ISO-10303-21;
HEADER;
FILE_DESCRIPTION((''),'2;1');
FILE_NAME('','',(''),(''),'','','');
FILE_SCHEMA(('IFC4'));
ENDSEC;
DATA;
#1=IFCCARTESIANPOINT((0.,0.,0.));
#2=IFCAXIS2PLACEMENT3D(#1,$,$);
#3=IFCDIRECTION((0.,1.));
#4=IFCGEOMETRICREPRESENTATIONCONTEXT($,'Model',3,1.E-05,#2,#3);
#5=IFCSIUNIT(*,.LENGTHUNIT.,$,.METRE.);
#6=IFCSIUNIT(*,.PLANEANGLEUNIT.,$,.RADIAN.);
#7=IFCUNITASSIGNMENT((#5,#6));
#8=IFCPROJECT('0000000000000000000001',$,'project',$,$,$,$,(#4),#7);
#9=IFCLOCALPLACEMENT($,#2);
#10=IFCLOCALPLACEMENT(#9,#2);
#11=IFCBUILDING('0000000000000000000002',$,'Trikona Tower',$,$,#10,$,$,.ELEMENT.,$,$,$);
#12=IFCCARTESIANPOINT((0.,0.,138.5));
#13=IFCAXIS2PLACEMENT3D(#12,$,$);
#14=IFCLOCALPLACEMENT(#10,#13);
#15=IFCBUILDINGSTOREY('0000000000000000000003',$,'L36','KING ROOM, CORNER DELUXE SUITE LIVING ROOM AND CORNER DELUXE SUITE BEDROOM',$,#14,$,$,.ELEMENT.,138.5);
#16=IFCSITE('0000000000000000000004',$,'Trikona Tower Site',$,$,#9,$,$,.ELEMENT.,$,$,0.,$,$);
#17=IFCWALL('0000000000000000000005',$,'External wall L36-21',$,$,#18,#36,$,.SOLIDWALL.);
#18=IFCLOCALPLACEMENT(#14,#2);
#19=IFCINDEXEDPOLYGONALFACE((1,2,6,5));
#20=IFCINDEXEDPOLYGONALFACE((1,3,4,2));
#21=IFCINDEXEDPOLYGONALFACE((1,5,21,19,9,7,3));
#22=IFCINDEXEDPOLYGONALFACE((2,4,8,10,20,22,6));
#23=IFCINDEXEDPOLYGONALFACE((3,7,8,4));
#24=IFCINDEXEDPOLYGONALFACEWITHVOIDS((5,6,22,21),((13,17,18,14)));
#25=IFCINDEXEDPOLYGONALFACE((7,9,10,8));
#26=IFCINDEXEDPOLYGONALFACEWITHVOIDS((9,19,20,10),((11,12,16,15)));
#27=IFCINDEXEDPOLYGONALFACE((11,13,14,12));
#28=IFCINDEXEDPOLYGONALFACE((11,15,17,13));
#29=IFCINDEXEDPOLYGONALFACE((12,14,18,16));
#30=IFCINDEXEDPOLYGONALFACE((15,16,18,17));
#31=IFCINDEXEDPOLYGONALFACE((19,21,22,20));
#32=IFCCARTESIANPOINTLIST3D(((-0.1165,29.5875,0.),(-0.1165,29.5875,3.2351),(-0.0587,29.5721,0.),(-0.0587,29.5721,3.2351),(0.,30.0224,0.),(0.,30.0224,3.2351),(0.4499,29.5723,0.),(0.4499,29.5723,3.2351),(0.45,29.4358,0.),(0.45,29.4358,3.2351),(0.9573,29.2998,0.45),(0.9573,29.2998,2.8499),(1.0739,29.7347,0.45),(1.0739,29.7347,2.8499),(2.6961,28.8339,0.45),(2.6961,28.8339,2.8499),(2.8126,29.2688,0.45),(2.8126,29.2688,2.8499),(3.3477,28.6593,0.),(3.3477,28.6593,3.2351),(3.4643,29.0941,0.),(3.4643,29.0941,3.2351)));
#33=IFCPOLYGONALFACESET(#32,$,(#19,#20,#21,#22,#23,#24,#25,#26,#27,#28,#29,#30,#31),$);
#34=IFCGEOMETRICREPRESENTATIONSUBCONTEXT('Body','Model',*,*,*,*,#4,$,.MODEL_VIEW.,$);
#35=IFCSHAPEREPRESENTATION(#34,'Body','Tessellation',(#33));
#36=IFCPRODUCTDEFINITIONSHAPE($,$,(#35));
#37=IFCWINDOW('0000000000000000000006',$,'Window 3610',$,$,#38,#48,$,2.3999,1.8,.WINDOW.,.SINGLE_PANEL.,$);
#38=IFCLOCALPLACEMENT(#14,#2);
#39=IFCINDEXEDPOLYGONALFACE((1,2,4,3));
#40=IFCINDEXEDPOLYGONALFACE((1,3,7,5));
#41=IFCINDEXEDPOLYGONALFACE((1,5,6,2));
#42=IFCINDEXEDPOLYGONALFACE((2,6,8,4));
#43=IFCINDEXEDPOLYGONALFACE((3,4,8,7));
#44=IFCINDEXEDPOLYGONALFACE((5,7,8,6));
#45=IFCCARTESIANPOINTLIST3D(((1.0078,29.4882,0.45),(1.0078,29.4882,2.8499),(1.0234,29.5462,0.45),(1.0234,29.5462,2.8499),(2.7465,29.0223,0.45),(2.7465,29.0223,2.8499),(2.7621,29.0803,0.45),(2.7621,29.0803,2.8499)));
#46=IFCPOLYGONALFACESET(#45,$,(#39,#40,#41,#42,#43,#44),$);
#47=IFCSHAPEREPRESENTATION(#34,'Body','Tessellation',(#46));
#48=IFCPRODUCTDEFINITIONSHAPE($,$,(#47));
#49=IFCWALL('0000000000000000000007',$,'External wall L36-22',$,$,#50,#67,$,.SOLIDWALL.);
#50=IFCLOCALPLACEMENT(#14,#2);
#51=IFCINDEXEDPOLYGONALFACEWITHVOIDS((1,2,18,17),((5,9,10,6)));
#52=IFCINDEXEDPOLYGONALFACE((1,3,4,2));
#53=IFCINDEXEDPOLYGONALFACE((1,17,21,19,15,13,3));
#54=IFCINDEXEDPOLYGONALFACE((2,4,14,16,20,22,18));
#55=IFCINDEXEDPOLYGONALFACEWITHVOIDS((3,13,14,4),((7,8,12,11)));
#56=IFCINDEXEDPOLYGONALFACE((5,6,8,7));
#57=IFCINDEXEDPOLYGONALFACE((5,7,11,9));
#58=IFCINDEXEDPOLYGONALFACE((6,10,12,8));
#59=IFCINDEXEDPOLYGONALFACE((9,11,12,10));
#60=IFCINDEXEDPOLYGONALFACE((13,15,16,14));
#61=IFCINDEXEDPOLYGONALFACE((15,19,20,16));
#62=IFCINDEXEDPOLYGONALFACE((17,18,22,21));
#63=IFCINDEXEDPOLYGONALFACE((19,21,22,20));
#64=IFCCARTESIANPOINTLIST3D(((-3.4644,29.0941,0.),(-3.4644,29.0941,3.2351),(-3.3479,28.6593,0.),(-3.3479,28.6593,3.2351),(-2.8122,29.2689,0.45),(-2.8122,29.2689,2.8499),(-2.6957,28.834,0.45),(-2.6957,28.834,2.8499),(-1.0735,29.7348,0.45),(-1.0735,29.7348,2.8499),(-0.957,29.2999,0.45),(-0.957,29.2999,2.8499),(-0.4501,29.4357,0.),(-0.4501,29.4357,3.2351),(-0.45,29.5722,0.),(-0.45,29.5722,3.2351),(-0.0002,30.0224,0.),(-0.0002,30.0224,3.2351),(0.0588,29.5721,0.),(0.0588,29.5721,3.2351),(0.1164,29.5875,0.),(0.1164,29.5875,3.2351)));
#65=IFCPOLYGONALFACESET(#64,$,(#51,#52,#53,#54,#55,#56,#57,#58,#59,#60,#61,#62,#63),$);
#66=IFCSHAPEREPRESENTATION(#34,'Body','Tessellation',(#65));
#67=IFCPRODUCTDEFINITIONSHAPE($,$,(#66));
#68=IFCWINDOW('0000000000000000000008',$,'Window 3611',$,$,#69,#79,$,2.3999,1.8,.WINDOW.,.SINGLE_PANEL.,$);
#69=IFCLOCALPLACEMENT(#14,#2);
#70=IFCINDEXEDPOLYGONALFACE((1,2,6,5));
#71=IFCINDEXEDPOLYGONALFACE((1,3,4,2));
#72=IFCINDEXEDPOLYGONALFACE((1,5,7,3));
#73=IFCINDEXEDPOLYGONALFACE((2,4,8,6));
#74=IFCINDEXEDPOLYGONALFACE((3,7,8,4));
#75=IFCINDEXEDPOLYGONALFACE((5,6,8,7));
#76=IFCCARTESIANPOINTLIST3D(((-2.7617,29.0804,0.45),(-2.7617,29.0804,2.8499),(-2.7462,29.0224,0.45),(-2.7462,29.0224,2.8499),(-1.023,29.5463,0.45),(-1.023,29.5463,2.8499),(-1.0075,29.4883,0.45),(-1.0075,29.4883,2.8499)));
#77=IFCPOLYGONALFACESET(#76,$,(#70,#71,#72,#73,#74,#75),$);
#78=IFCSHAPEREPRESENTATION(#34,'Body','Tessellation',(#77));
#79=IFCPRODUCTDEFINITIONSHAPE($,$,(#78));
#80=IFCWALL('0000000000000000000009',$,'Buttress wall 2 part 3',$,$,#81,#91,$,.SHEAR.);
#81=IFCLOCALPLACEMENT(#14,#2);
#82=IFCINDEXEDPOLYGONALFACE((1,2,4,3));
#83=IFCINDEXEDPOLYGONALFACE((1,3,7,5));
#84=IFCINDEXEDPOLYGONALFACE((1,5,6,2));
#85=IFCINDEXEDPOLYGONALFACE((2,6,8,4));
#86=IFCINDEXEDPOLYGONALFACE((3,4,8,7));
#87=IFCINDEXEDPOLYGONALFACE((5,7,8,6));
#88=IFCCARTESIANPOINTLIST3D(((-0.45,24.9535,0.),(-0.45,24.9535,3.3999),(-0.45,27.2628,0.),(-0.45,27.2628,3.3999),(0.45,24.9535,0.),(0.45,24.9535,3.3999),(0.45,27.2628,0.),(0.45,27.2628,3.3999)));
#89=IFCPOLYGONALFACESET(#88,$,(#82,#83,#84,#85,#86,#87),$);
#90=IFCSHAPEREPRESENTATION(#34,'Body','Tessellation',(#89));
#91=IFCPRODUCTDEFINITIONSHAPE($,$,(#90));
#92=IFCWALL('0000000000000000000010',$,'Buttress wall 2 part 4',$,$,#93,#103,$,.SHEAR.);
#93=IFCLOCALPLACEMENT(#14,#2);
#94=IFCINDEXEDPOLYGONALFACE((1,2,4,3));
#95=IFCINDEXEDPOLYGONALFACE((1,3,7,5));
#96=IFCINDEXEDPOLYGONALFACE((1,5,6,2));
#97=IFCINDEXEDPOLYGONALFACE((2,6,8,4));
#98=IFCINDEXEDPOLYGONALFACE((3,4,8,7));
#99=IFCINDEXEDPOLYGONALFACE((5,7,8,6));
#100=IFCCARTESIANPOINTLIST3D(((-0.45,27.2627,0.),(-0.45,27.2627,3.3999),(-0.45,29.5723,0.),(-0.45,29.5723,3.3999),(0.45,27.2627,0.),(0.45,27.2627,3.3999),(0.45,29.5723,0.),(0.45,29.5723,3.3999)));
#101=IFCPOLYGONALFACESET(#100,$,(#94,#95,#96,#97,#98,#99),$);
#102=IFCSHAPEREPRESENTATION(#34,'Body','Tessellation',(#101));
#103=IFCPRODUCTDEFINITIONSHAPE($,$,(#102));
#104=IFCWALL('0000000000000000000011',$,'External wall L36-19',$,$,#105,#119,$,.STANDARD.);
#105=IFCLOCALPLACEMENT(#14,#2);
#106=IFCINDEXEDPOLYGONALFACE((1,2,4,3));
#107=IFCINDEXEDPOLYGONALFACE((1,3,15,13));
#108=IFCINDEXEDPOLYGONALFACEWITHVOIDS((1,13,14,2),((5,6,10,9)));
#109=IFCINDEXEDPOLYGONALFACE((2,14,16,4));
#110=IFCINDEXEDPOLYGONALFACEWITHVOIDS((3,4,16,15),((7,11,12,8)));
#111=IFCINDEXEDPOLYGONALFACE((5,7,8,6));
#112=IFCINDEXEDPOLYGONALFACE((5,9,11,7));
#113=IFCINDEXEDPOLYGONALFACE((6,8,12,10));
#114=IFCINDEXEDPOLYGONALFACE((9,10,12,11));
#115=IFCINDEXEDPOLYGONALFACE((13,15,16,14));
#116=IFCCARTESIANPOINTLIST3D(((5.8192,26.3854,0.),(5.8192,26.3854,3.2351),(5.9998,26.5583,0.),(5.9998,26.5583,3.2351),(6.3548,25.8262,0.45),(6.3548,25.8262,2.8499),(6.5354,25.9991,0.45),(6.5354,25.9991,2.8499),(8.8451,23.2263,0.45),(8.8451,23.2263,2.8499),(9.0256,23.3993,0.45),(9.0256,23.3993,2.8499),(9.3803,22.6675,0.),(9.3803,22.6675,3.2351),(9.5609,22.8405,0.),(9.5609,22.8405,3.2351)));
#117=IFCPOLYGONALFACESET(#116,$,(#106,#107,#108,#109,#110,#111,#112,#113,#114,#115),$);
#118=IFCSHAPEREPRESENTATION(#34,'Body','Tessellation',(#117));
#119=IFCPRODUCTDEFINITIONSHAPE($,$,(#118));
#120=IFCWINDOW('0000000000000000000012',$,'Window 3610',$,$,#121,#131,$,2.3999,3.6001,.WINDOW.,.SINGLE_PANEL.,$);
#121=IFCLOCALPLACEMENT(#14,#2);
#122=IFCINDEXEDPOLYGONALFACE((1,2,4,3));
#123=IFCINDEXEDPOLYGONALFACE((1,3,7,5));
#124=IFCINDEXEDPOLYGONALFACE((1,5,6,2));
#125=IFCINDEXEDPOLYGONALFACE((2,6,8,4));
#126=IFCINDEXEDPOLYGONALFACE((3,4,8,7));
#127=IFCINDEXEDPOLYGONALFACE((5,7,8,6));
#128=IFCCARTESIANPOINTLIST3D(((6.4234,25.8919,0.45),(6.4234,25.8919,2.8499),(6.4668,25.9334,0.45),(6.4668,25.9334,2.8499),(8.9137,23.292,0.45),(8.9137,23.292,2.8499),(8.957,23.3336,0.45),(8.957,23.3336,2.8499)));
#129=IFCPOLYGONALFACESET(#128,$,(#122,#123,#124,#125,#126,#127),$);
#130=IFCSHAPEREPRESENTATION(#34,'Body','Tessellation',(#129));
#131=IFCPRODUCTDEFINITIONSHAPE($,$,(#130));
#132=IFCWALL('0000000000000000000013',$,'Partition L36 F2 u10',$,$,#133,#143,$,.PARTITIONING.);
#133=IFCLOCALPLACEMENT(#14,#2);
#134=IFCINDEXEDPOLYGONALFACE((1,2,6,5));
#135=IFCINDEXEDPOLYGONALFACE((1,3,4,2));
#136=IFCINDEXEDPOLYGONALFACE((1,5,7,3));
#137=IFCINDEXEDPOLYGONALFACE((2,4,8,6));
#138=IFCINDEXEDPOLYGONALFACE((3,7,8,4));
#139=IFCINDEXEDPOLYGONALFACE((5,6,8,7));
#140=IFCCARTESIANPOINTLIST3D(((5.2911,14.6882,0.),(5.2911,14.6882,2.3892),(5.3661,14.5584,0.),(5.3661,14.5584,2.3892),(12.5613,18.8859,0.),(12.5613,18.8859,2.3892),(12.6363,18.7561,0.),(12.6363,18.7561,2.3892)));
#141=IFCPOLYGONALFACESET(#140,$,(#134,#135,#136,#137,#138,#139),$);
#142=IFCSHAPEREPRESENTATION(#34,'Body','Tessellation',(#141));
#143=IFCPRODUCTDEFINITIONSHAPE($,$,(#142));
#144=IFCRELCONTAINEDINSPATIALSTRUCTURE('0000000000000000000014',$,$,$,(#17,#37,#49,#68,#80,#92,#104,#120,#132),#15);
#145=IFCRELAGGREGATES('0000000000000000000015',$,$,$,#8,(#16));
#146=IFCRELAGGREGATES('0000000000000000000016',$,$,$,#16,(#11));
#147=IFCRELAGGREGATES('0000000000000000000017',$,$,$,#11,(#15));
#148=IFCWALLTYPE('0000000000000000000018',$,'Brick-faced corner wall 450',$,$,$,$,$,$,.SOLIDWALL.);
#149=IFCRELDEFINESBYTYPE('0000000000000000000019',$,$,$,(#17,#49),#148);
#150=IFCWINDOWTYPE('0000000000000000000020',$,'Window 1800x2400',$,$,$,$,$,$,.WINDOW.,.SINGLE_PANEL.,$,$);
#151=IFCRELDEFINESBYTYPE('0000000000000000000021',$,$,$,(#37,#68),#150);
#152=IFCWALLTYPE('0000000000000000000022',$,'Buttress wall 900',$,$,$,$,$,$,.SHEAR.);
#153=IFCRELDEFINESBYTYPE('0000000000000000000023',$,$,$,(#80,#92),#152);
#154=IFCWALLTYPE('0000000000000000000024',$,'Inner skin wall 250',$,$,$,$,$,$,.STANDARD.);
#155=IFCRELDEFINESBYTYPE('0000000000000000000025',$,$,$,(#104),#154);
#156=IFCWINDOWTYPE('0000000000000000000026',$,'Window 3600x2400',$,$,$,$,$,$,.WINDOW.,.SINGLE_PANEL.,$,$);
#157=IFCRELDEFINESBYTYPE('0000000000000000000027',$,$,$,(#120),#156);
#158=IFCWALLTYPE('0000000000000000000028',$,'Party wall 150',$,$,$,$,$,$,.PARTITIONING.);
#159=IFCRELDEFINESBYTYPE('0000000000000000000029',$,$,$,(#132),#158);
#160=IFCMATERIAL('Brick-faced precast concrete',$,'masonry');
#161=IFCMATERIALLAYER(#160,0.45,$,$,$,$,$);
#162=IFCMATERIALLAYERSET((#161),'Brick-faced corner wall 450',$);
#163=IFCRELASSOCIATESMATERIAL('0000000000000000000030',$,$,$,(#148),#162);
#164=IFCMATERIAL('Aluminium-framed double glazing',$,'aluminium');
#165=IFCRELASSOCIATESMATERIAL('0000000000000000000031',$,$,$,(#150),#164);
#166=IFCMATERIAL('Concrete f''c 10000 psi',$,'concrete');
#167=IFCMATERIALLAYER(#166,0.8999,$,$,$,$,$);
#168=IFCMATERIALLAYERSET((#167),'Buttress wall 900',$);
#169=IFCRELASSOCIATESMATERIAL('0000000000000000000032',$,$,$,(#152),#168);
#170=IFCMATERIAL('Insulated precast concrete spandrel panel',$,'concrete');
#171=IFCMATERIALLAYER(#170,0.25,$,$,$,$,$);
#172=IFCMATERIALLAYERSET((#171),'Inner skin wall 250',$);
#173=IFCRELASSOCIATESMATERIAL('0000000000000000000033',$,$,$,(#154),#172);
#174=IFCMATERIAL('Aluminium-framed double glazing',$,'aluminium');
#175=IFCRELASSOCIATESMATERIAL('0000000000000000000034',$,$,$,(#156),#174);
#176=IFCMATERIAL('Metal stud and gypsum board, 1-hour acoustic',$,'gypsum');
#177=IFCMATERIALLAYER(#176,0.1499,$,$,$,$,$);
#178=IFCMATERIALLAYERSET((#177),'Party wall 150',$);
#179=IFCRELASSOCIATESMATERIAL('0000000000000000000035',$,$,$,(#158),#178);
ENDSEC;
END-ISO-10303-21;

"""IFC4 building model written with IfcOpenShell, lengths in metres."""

from ifc_helpers import new_model, si_unit, direction, frame, frame_2d, origin, place, context, subcontext, project, spatial, polyline, rectangle, outline, extrude, material, layer, layer_set, type_object, element, fill, save


model = new_model("IFC4")

# Units and contexts
model_context = context("Model", 3, precision=1e-05, world=origin(), true_north=direction((0.0, 1.0)))
body_context = subcontext(model_context, "Body", "Model", "MODEL_VIEW")
ifc_project = project(units=[si_unit("LENGTHUNIT", "METRE"), si_unit("PLANEANGLEUNIT", "RADIAN")], contexts=[model_context])

# Site, building, storey
site_placement = place(None, origin())
site = spatial("IfcSite", under=ifc_project, at=site_placement, Name="Trikona Tower Site", CompositionType="ELEMENT", RefElevation=0.0)
building_placement = place(site_placement, origin())
building = spatial("IfcBuilding", under=site, at=building_placement, Name="Trikona Tower", CompositionType="ELEMENT")
storey_placement = place(building_placement, frame((0.0, 0.0, 138.5)))
storey = spatial("IfcBuildingStorey", under=building, at=storey_placement, Name="L36", Description="KING ROOM, CORNER DELUXE SUITE LIVING ROOM AND CORNER DELUXE SUITE BEDROOM", CompositionType="ELEMENT", Elevation=138.5)

# Walls, openings, windows
ifc_material_1 = material(Name="Brick-faced precast concrete", Category="masonry")
ifc_layer_1 = layer(ifc_material_1, 0.45)
ifc_layer_set_1 = layer_set([ifc_layer_1], Name="Brick-faced corner wall 450")
wall_type_1 = type_object("IfcWallType", Name="Brick-faced corner wall 450", PredefinedType="SOLIDWALL", material=ifc_layer_set_1)
wall_1_placement = place(storey_placement, frame((3.406, 28.8767, 0.0), z_axis=(0.0, 0.0, 1.0), x_axis=(-0.965925, 0.258823, 0.0)))
wall_1 = element("IfcWall", 1, at=wall_1_placement, inside=storey, type_object=wall_type_1, Name="External wall L36-21", PredefinedType="SOLIDWALL", context=body_context, shape_type="SweptSolid", body=[
    extrude(outline(polyline([(3.5864, 0.2251), (3.5266, 0.2251), (3.0354, 0.0933), (3.0, 0.2251), (0.0, 0.2251), (0.0, -0.2251), (3.5864, -0.2251), (3.5864, 0.2251)])), origin(), (0.0, 0.0, 1.0), 3.2351),
])
opening_1_placement = place(wall_1_placement, frame((0.6748, 0.0, 0.45)))
opening_1 = element("IfcOpeningElement", 2, at=opening_1_placement, cuts=wall_1, PredefinedType="OPENING", context=body_context, shape_type="SweptSolid", body=[
    extrude(rectangle(XDim=1.8, YDim=2.3999, at=frame_2d((0.8999, 1.2))), frame((0.0, 0.2349, 0.0), z_axis=(0.0, -1.0, 0.0), x_axis=(1.0, 0.0, 0.0)), (0.0, 0.0, 1.0), 0.47),
])
ifc_material_2 = material(Name="Aluminium-framed double glazing", Category="aluminium")
window_type_1 = type_object("IfcWindowType", Name="Window 1800x2400", PartitioningType="SINGLE_PANEL", PredefinedType="WINDOW", material=ifc_material_2)
window_1_placement = place(opening_1_placement, origin())
window_1 = element("IfcWindow", 3, at=window_1_placement, inside=storey, type_object=window_type_1, Name="Window 3610", OverallHeight=2.3999, OverallWidth=1.8, PartitioningType="SINGLE_PANEL", PredefinedType="WINDOW", context=body_context, shape_type="SweptSolid", body=[
    extrude(rectangle(XDim=1.8, YDim=2.3999, at=frame_2d((0.8999, 1.2))), frame((0.0, 0.03, 0.0), z_axis=(0.0, -1.0, 0.0), x_axis=(1.0, 0.0, 0.0)), (0.0, 0.0, 1.0), 0.0601),
])
fill(opening_1, window_1)
wall_2_placement = place(storey_placement, frame((0.0581, 29.8049, 0.0), z_axis=(0.0, 0.0, 1.0), x_axis=(-0.965925, -0.258823, 0.0)))
wall_2 = element("IfcWall", 4, at=wall_2_placement, inside=storey, type_object=wall_type_1, Name="External wall L36-22", PredefinedType="SOLIDWALL", context=body_context, shape_type="SweptSolid", body=[
    extrude(outline(polyline([(3.5864, 0.2251), (0.5864, 0.2251), (0.551, 0.0933), (0.0596, 0.2251), (0.0, 0.2251), (0.0, -0.2251), (3.5864, -0.2251), (3.5864, 0.2251)])), origin(), (0.0, 0.0, 1.0), 3.2351),
])
opening_2_placement = place(wall_2_placement, frame((1.1113, 0.0, 0.45)))
opening_2 = element("IfcOpeningElement", 5, at=opening_2_placement, cuts=wall_2, PredefinedType="OPENING", context=body_context, shape_type="SweptSolid", body=[
    extrude(rectangle(XDim=1.8, YDim=2.3999, at=frame_2d((0.8999, 1.2))), frame((0.0, 0.2349, 0.0), z_axis=(0.0, -1.0, 0.0), x_axis=(1.0, 0.0, 0.0)), (0.0, 0.0, 1.0), 0.47),
])
window_2_placement = place(opening_2_placement, origin())
window_2 = element("IfcWindow", 6, at=window_2_placement, inside=storey, type_object=window_type_1, Name="Window 3611", OverallHeight=2.3999, OverallWidth=1.8, PartitioningType="SINGLE_PANEL", PredefinedType="WINDOW", context=body_context, shape_type="SweptSolid", body=[
    extrude(rectangle(XDim=1.8, YDim=2.3999, at=frame_2d((0.8999, 1.2))), frame((0.0, 0.03, 0.0), z_axis=(0.0, -1.0, 0.0), x_axis=(1.0, 0.0, 0.0)), (0.0, 0.0, 1.0), 0.0601),
])
fill(opening_2, window_2)

# Walls
ifc_material_3 = material(Name="Concrete f'c 10000 psi", Category="concrete")
ifc_layer_2 = layer(ifc_material_3, 0.8999)
ifc_layer_set_2 = layer_set([ifc_layer_2], Name="Buttress wall 900")
wall_type_2 = type_object("IfcWallType", Name="Buttress wall 900", PredefinedType="SHEAR", material=ifc_layer_set_2)
wall_3_placement = place(storey_placement, frame((0.0, 24.9534, 0.0), z_axis=(0.0, 0.0, 1.0), x_axis=(0.0, 1.0, 0.0)))
element("IfcWall", 7, at=wall_3_placement, inside=storey, type_object=wall_type_2, Name="Buttress wall 2 part 3", PredefinedType="SHEAR", context=body_context, shape_type="SweptSolid", body=[
    extrude(rectangle(XDim=2.3093, YDim=0.8999, at=frame_2d((1.1548, 0.0))), origin(), (0.0, 0.0, 1.0), 3.3999),
])
wall_4_placement = place(storey_placement, frame((0.0, 27.2627, 0.0), z_axis=(0.0, 0.0, 1.0), x_axis=(0.0, 1.0, 0.0)))
element("IfcWall", 8, at=wall_4_placement, inside=storey, type_object=wall_type_2, Name="Buttress wall 2 part 4", PredefinedType="SHEAR", context=body_context, shape_type="SweptSolid", body=[
    extrude(rectangle(XDim=2.3096, YDim=0.8999, at=frame_2d((1.1548, 0.0))), origin(), (0.0, 0.0, 1.0), 3.3999),
])

# Wall, opening, window
ifc_material_4 = material(Name="Insulated precast concrete spandrel panel", Category="concrete")
ifc_layer_3 = layer(ifc_material_4, 0.25)
ifc_layer_set_3 = layer_set([ifc_layer_3], Name="Inner skin wall 250")
wall_type_3 = type_object("IfcWallType", Name="Inner skin wall 250", PredefinedType="STANDARD", material=ifc_layer_set_3)
wall_5_placement = place(storey_placement, frame((9.4707, 22.7539, 0.0), z_axis=(0.0, 0.0, 1.0), x_axis=(-0.69172, 0.722166, 0.0)))
wall_5 = element("IfcWall", 9, at=wall_5_placement, inside=storey, type_object=wall_type_3, Name="External wall L36-19", PredefinedType="STANDARD", context=body_context, shape_type="SweptSolid", body=[
    extrude(rectangle(XDim=5.1482, YDim=0.25, at=frame_2d((2.5742, 0.0))), origin(), (0.0, 0.0, 1.0), 3.2351),
])
opening_3_placement = place(wall_5_placement, frame((0.7739, 0.0, 0.45)))
opening_3 = element("IfcOpeningElement", 10, at=opening_3_placement, cuts=wall_5, PredefinedType="OPENING", context=body_context, shape_type="SweptSolid", body=[
    extrude(rectangle(XDim=3.6001, YDim=2.3999, at=frame_2d((1.8, 1.2))), frame((0.0, 0.135, 0.0), z_axis=(0.0, -1.0, 0.0), x_axis=(1.0, 0.0, 0.0)), (0.0, 0.0, 1.0), 0.27),
])
ifc_material_5 = material(Name="Aluminium-framed double glazing", Category="aluminium")
window_type_2 = type_object("IfcWindowType", Name="Window 3600x2400", PartitioningType="SINGLE_PANEL", PredefinedType="WINDOW", material=ifc_material_5)
window_3_placement = place(opening_3_placement, origin())
window_3 = element("IfcWindow", 11, at=window_3_placement, inside=storey, type_object=window_type_2, Name="Window 3610", OverallHeight=2.3999, OverallWidth=3.6001, PartitioningType="SINGLE_PANEL", PredefinedType="WINDOW", context=body_context, shape_type="SweptSolid", body=[
    extrude(rectangle(XDim=3.6001, YDim=2.3999, at=frame_2d((1.8, 1.2))), frame((0.0, 0.03, 0.0), z_axis=(0.0, -1.0, 0.0), x_axis=(1.0, 0.0, 0.0)), (0.0, 0.0, 1.0), 0.0601),
])
fill(opening_3, window_3)

# Wall
ifc_material_6 = material(Name="Metal stud and gypsum board, 1-hour acoustic", Category="gypsum")
ifc_layer_4 = layer(ifc_material_6, 0.1499)
ifc_layer_set_4 = layer_set([ifc_layer_4], Name="Party wall 150")
wall_type_4 = type_object("IfcWallType", Name="Party wall 150", PredefinedType="PARTITIONING", material=ifc_layer_set_4)
wall_6_placement = place(storey_placement, frame((5.3286, 14.6233, 0.0), z_axis=(0.0, 0.0, 1.0), x_axis=(0.866012, 0.500024, 0.0)))
element("IfcWall", 12, at=wall_6_placement, inside=storey, type_object=wall_type_4, Name="Partition L36 F2 u10", PredefinedType="PARTITIONING", context=body_context, shape_type="SweptSolid", body=[
    extrude(rectangle(XDim=8.395, YDim=0.1499, at=frame_2d((4.1975, 0.0))), origin(), (0.0, 0.0, 1.0), 2.3892),
])

save(model, "model.ifc")
